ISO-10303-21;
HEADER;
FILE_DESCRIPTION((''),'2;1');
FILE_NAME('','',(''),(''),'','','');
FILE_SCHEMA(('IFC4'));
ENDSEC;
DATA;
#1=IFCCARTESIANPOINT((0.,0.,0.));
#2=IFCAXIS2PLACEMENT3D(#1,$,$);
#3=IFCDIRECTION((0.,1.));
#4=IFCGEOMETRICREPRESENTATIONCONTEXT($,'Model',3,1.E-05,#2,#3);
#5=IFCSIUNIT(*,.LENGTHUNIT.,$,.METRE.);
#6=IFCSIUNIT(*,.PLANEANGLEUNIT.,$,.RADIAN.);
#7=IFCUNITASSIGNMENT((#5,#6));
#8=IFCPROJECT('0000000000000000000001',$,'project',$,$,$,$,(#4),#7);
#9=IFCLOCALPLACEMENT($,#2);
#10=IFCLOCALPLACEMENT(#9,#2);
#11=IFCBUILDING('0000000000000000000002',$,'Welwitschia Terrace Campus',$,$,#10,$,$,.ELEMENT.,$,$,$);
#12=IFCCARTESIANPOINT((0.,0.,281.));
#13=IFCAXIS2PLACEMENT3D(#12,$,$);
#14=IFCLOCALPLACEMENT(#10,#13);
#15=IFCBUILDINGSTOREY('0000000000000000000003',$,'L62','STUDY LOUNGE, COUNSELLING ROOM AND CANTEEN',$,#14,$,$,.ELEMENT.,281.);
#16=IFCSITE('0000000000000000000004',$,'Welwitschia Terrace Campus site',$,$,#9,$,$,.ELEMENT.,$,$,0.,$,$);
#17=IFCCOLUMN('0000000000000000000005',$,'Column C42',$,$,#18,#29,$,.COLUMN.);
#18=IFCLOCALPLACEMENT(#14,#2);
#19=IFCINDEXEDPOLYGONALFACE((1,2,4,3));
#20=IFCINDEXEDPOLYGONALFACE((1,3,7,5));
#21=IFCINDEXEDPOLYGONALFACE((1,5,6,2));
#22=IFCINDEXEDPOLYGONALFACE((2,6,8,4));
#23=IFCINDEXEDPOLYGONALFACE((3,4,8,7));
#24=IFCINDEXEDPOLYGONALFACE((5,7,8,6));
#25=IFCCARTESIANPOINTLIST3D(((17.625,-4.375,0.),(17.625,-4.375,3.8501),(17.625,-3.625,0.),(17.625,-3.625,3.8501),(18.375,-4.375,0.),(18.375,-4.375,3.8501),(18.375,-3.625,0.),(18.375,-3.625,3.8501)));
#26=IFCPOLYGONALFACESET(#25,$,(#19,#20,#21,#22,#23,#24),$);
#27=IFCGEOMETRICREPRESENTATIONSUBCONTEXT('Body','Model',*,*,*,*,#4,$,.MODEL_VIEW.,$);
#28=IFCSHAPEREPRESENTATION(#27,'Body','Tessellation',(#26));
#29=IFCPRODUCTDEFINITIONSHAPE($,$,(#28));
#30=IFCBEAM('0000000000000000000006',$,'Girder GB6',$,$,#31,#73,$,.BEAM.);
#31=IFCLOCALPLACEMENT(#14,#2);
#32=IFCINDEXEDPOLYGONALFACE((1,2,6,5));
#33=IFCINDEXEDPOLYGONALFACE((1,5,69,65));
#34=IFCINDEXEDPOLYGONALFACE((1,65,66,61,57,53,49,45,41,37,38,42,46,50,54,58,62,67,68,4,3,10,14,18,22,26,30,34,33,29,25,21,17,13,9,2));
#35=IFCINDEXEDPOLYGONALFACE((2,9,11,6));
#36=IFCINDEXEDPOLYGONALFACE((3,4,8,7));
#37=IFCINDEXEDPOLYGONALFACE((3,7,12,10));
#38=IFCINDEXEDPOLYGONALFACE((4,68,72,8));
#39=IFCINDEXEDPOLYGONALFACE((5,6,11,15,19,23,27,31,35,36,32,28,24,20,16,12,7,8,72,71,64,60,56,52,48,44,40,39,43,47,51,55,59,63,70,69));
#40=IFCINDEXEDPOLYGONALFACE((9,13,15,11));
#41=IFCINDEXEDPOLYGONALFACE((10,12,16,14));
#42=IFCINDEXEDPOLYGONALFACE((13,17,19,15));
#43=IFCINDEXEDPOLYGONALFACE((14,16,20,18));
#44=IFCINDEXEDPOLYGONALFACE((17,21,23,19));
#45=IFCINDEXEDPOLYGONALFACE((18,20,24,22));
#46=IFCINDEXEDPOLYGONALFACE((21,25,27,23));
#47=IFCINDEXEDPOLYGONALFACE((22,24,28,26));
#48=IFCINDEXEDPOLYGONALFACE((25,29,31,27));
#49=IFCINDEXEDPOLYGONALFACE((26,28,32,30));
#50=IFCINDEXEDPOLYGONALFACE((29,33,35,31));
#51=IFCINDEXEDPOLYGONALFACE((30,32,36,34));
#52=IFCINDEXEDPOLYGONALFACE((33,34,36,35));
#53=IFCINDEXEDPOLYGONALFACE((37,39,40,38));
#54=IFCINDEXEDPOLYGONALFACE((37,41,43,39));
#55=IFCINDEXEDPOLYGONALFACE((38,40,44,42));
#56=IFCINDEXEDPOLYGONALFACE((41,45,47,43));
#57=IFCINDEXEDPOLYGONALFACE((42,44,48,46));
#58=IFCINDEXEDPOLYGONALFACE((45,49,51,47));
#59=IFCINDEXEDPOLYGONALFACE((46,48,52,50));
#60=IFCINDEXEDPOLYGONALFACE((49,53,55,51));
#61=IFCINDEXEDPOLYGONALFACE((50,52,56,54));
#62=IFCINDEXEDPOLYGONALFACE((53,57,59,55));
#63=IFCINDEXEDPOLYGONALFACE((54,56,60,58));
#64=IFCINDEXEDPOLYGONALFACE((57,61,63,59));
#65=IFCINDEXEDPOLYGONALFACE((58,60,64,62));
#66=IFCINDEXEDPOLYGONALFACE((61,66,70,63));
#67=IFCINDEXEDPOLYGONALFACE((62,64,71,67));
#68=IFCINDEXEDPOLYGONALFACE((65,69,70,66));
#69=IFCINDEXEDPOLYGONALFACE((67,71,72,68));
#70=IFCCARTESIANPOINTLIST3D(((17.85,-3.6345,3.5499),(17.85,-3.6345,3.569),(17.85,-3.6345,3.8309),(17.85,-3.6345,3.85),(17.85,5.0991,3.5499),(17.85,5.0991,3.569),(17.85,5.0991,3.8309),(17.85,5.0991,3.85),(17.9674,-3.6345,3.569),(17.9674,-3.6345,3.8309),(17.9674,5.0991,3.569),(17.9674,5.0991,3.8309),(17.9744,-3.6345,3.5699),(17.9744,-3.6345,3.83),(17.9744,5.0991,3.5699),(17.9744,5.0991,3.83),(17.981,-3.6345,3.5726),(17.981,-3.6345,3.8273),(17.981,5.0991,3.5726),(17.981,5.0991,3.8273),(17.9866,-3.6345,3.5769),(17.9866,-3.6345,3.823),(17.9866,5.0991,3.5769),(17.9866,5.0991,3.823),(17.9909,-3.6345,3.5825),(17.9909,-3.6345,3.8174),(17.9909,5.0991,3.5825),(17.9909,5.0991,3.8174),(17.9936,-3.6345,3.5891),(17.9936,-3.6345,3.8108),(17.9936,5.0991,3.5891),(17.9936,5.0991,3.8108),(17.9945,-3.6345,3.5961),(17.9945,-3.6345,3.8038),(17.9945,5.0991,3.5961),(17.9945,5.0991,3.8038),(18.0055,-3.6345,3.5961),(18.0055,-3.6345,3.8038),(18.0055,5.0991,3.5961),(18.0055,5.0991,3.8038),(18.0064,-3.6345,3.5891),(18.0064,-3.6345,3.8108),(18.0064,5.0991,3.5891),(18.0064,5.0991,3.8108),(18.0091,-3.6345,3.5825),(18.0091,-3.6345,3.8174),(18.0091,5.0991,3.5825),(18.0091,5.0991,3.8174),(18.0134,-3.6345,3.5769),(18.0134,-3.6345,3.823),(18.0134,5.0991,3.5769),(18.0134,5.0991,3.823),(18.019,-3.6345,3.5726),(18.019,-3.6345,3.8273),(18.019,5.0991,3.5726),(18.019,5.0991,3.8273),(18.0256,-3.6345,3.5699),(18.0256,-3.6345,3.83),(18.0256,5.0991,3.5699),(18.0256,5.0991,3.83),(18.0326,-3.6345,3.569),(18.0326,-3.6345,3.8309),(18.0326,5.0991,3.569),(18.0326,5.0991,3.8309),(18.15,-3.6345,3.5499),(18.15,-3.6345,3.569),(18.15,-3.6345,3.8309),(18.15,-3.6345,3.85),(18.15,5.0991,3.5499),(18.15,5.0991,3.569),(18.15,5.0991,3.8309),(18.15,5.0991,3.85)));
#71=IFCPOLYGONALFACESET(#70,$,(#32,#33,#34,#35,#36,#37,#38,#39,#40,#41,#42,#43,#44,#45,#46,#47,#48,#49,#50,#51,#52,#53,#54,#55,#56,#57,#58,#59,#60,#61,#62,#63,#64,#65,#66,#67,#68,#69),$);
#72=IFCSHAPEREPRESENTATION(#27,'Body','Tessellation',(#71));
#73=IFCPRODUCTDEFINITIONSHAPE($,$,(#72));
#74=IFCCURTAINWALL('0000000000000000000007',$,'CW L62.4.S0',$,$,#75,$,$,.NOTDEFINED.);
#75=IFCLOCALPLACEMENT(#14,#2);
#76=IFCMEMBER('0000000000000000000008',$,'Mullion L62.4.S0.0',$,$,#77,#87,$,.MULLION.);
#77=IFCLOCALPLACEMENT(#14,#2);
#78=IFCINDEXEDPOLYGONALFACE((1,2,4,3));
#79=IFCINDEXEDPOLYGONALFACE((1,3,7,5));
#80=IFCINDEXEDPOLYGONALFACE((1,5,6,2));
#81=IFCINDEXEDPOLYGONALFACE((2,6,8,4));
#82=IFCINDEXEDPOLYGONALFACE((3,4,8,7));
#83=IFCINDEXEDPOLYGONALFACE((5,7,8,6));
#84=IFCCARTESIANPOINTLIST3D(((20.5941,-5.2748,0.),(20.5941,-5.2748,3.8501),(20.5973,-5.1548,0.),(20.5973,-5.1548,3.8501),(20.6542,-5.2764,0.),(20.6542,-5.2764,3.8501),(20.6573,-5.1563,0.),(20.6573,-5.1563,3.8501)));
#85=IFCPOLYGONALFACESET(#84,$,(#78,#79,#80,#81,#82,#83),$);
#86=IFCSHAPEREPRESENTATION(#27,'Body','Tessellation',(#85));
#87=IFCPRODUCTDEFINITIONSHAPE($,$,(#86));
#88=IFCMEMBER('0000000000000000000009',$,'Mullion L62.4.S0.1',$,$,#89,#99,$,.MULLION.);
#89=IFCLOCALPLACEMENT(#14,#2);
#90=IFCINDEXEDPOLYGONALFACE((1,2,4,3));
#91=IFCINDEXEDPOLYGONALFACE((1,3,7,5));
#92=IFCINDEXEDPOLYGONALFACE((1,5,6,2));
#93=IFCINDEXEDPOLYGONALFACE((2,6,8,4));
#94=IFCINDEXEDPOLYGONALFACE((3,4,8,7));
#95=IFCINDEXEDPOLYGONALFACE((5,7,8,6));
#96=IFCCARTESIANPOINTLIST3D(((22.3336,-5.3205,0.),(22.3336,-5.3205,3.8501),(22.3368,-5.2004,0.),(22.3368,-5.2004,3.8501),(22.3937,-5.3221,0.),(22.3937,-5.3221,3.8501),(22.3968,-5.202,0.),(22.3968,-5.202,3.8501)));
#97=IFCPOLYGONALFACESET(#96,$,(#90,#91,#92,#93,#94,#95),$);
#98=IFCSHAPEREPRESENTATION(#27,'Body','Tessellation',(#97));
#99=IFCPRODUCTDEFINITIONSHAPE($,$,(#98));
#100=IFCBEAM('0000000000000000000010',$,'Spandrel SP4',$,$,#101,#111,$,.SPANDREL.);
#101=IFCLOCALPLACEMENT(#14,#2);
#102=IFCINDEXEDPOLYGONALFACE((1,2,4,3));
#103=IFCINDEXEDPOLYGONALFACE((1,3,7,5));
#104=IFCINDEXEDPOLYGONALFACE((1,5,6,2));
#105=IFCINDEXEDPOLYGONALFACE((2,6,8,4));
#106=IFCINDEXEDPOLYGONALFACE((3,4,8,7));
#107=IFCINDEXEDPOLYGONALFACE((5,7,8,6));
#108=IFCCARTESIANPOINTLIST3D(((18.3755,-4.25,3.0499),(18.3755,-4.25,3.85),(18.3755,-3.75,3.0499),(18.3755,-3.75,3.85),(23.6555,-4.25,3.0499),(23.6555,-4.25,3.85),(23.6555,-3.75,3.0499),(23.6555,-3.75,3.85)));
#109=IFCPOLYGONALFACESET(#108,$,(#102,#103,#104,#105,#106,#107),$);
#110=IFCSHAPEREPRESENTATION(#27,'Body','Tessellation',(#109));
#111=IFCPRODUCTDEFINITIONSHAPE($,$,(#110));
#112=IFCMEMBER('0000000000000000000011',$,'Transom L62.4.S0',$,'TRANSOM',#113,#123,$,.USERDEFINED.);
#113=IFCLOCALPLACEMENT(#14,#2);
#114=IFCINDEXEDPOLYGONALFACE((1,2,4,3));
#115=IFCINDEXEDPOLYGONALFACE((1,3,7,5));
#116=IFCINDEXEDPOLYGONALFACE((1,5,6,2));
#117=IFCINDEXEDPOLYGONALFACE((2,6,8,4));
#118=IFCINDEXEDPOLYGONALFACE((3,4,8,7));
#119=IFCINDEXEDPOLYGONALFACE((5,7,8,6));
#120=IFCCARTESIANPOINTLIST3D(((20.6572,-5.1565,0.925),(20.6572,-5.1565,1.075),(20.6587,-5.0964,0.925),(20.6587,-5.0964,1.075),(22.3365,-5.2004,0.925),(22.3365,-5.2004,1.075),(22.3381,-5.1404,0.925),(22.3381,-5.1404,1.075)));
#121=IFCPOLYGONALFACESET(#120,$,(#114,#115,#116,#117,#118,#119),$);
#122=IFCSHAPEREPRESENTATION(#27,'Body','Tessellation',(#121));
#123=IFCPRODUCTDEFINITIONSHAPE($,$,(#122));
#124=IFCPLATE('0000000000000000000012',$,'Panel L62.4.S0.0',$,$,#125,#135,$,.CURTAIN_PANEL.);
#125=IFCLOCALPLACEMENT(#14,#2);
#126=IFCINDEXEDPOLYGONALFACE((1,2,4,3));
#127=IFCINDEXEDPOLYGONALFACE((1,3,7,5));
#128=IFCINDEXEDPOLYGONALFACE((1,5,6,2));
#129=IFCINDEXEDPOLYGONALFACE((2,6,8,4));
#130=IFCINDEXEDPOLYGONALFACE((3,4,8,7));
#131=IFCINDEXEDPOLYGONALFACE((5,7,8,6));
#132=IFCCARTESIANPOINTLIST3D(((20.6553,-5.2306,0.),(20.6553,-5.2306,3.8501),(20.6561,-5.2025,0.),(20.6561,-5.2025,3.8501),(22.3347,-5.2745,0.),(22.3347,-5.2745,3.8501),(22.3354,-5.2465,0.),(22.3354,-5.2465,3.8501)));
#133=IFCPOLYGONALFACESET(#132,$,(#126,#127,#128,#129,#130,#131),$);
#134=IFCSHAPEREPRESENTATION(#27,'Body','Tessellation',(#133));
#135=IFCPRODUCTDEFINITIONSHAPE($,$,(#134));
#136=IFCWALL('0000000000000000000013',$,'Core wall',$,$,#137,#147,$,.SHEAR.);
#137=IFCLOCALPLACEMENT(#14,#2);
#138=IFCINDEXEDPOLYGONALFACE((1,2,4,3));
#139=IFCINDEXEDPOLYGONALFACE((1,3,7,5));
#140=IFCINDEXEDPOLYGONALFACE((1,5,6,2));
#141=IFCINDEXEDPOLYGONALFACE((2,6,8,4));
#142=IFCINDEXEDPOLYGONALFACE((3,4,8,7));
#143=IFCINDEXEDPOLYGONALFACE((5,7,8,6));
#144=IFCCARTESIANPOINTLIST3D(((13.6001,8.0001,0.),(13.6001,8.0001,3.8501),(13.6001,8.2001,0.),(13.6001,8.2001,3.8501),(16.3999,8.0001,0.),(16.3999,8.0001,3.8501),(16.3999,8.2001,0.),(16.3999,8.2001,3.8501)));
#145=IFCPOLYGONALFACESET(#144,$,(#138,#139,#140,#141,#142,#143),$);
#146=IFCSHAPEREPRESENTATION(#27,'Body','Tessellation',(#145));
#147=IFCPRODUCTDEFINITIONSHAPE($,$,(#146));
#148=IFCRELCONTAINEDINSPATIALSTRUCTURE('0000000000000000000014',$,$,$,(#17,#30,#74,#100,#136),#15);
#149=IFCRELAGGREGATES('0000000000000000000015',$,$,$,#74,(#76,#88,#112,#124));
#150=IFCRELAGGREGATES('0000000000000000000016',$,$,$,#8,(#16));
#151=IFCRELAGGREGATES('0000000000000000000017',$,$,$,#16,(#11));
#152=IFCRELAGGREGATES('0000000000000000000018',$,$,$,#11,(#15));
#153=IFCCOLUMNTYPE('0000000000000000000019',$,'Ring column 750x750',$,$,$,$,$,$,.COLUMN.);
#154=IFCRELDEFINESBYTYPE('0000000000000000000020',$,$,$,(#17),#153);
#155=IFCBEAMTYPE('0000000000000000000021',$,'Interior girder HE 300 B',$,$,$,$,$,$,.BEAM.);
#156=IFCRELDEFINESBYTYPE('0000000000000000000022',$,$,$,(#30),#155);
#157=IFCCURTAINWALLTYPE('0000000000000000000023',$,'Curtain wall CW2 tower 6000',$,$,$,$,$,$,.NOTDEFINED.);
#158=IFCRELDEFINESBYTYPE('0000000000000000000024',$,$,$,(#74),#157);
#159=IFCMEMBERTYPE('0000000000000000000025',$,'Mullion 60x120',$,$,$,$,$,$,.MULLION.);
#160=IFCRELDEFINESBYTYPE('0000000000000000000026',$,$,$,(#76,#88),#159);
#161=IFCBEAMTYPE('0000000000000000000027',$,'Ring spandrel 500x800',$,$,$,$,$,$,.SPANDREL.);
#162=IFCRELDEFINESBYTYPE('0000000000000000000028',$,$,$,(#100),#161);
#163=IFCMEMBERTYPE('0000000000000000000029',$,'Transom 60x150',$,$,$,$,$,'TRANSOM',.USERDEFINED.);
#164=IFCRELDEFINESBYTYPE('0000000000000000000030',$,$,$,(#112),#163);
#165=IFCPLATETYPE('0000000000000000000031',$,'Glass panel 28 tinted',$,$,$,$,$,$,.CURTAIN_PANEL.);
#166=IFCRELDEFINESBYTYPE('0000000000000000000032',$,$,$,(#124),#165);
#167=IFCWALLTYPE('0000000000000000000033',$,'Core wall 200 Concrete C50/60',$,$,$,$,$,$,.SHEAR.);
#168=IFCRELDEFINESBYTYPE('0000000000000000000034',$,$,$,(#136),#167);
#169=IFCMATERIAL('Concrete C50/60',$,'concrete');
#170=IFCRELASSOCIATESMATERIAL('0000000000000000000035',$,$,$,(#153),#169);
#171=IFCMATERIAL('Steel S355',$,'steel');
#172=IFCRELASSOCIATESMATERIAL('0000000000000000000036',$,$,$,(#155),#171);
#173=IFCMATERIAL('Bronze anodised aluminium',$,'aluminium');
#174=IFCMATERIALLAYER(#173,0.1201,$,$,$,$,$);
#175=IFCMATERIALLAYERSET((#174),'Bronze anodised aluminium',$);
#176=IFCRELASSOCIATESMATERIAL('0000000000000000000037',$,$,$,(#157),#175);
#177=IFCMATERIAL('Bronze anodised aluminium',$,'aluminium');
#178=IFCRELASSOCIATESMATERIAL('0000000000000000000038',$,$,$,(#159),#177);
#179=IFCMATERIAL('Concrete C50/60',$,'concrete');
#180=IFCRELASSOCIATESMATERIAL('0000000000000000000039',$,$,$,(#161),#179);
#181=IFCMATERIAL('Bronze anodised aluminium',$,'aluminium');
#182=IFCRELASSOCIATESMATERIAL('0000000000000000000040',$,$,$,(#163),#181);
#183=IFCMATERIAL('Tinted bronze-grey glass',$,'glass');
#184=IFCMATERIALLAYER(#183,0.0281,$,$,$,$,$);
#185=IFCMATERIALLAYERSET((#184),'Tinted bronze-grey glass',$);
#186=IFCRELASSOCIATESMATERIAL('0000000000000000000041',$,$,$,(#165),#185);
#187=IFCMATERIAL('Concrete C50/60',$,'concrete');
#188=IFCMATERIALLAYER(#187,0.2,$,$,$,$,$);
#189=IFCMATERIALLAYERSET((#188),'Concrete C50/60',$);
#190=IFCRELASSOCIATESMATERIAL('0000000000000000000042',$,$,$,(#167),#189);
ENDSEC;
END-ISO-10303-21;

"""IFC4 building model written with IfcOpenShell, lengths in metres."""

from ifc_helpers import new_model, si_unit, direction, frame, frame_2d, origin, origin_2d, place, context, subcontext, project, spatial, rectangle, i_section, extrude, material, layer, layer_set, material_profile, profile_set, type_object, element, aggregate, save


model = new_model("IFC4")

# Units and contexts
model_context = context("Model", 3, precision=1e-05, world=origin(), true_north=direction((0.0, 1.0)))
body_context = subcontext(model_context, "Body", "Model", "MODEL_VIEW")
ifc_project = project(units=[si_unit("LENGTHUNIT", "METRE"), si_unit("PLANEANGLEUNIT", "RADIAN")], contexts=[model_context])

# Site, building, storey
site_placement = place(None, origin())
site = spatial("IfcSite", under=ifc_project, at=site_placement, Name="Welwitschia Terrace Campus site", CompositionType="ELEMENT", RefElevation=0.0)
building_placement = place(site_placement, origin())
building = spatial("IfcBuilding", under=site, at=building_placement, Name="Welwitschia Terrace Campus", CompositionType="ELEMENT")
storey_placement = place(building_placement, frame((0.0, 0.0, 281.0)))
storey = spatial("IfcBuildingStorey", under=building, at=storey_placement, Name="L62", Description="STUDY LOUNGE, COUNSELLING ROOM AND CANTEEN", CompositionType="ELEMENT", Elevation=281.0)

# Column
ifc_material_1 = material(Name="Concrete C50/60", Category="concrete")
ifc_material_profile_1 = material_profile(ifc_material_1, rectangle(XDim=0.75, YDim=0.75, at=origin_2d()))
ifc_profile_set_1 = profile_set([ifc_material_profile_1], Name="Concrete C50/60")
column_type = type_object("IfcColumnType", Name="Ring column 750x750", PredefinedType="COLUMN", material=ifc_profile_set_1)
column_placement = place(storey_placement, frame((18.0, -4.0, 0.0), z_axis=(0.0, 0.0, 1.0), x_axis=(1.0, 0.0, 0.0)))
element("IfcColumn", 1, at=column_placement, inside=storey, type_object=column_type, Name="Column C42", PredefinedType="COLUMN", context=body_context, shape_type="SweptSolid", body=[
    extrude(rectangle(XDim=0.75, YDim=0.75, at=origin_2d()), origin(), (0.0, 0.0, 1.0), 3.8501),
])

# Beam
ifc_material_2 = material(Name="Steel S355", Category="steel")
ifc_material_profile_2 = material_profile(ifc_material_2, i_section(OverallWidth=0.3, OverallDepth=0.3, WebThickness=0.011, FlangeThickness=0.019, FilletRadius=0.0271, at=origin_2d()))
ifc_profile_set_2 = profile_set([ifc_material_profile_2], Name="Steel S355")
beam_type_1 = type_object("IfcBeamType", Name="Interior girder HE 300 B", PredefinedType="BEAM", material=ifc_profile_set_2)
beam_1_placement = place(storey_placement, frame((18.0, -3.6345, 3.7), z_axis=(0.0, 1.0, 0.0), x_axis=(-1.0, 0.0, 0.0)))
element("IfcBeam", 2, at=beam_1_placement, inside=storey, type_object=beam_type_1, Name="Girder GB6", PredefinedType="BEAM", context=body_context, shape_type="SweptSolid", body=[
    extrude(i_section(OverallWidth=0.3, OverallDepth=0.3, WebThickness=0.011, FlangeThickness=0.019, FilletRadius=0.0271, at=origin_2d()), origin(), (0.0, 0.0, 1.0), 8.7336),
])

# Curtain wall, members
ifc_material_3 = material(Name="Bronze anodised aluminium", Category="aluminium")
ifc_layer_1 = layer(ifc_material_3, 0.1201)
ifc_layer_set_1 = layer_set([ifc_layer_1], Name="Bronze anodised aluminium")
curtain_wall_type = type_object("IfcCurtainWallType", Name="Curtain wall CW2 tower 6000", PredefinedType="NOTDEFINED", material=ifc_layer_set_1)
curtain_wall_placement = place(storey_placement, origin())
curtain_wall = element("IfcCurtainWall", 3, at=curtain_wall_placement, inside=storey, type_object=curtain_wall_type, Name="CW L62.4.S0", PredefinedType="NOTDEFINED")
ifc_material_4 = material(Name="Bronze anodised aluminium", Category="aluminium")
ifc_material_profile_3 = material_profile(ifc_material_4, rectangle(XDim=0.1201, YDim=0.0601, at=origin_2d()))
ifc_profile_set_3 = profile_set([ifc_material_profile_3], Name="Bronze anodised aluminium")
member_type_1 = type_object("IfcMemberType", Name="Mullion 60x120", PredefinedType="MULLION", material=ifc_profile_set_3)
member_1_placement = place(storey_placement, frame((20.6257, -5.2156, 0.0), z_axis=(0.0, 0.0, 1.0), x_axis=(0.026177, 0.999657, 0.0)))
member_1 = element("IfcMember", 4, at=member_1_placement, type_object=member_type_1, Name="Mullion L62.4.S0.0", PredefinedType="MULLION", context=body_context, shape_type="SweptSolid", body=[
    extrude(rectangle(XDim=0.1201, YDim=0.0601, at=origin_2d()), origin(), (0.0, 0.0, 1.0), 3.8501),
])
member_2_placement = place(storey_placement, frame((22.3652, -5.2612, 0.0), z_axis=(0.0, 0.0, 1.0), x_axis=(0.026177, 0.999657, 0.0)))
member_2 = element("IfcMember", 5, at=member_2_placement, type_object=member_type_1, Name="Mullion L62.4.S0.1", PredefinedType="MULLION", context=body_context, shape_type="SweptSolid", body=[
    extrude(rectangle(XDim=0.1201, YDim=0.0601, at=origin_2d()), origin(), (0.0, 0.0, 1.0), 3.8501),
])

# Beam
ifc_material_5 = material(Name="Concrete C50/60", Category="concrete")
ifc_material_profile_4 = material_profile(ifc_material_5, rectangle(XDim=0.5, YDim=0.8, at=origin_2d()))
ifc_profile_set_4 = profile_set([ifc_material_profile_4], Name="Concrete C50/60")
beam_type_2 = type_object("IfcBeamType", Name="Ring spandrel 500x800", PredefinedType="SPANDREL", material=ifc_profile_set_4)
beam_2_placement = place(storey_placement, frame((18.3755, -4.0, 3.45), z_axis=(1.0, 0.0, 0.0), x_axis=(0.0, 1.0, 0.0)))
element("IfcBeam", 6, at=beam_2_placement, inside=storey, type_object=beam_type_2, Name="Spandrel SP4", PredefinedType="SPANDREL", context=body_context, shape_type="SweptSolid", body=[
    extrude(rectangle(XDim=0.5, YDim=0.8, at=origin_2d()), origin(), (0.0, 0.0, 1.0), 5.28),
])

# Member
ifc_material_6 = material(Name="Bronze anodised aluminium", Category="aluminium")
ifc_material_profile_5 = material_profile(ifc_material_6, rectangle(XDim=0.0601, YDim=0.1499, at=origin_2d()))
ifc_profile_set_5 = profile_set([ifc_material_profile_5], Name="Bronze anodised aluminium")
member_type_2 = type_object("IfcMemberType", Name="Transom 60x150", ElementType="TRANSOM", PredefinedType="USERDEFINED", material=ifc_profile_set_5)
member_3_placement = place(storey_placement, frame((20.658, -5.1265, 1.0), z_axis=(0.999658, -0.026158, 0.0), x_axis=(0.026158, 0.999658, 0.0)))
member_3 = element("IfcMember", 7, at=member_3_placement, type_object=member_type_2, Name="Transom L62.4.S0", ObjectType="TRANSOM", PredefinedType="USERDEFINED", context=body_context, shape_type="SweptSolid", body=[
    extrude(rectangle(XDim=0.0601, YDim=0.1499, at=origin_2d()), origin(), (0.0, 0.0, 1.0), 1.6799),
])

# Plate
ifc_material_7 = material(Name="Tinted bronze-grey glass", Category="glass")
ifc_layer_2 = layer(ifc_material_7, 0.0281)
ifc_layer_set_2 = layer_set([ifc_layer_2], Name="Tinted bronze-grey glass")
plate_type = type_object("IfcPlateType", Name="Glass panel 28 tinted", PredefinedType="CURTAIN_PANEL", material=ifc_layer_set_2)
plate_placement = place(storey_placement, frame((21.4954, -5.2385, 0.0), z_axis=(0.0, 0.0, 1.0), x_axis=(0.999657, -0.026177, 0.0)))
plate = element("IfcPlate", 8, at=plate_placement, type_object=plate_type, Name="Panel L62.4.S0.0", PredefinedType="CURTAIN_PANEL", context=body_context, shape_type="SweptSolid", body=[
    extrude(rectangle(XDim=1.6799, YDim=0.0281, at=origin_2d()), origin(), (0.0, 0.0, 1.0), 3.8501),
])
aggregate(curtain_wall, [member_1, member_2, member_3, plate])

# Wall
ifc_material_8 = material(Name="Concrete C50/60", Category="concrete")
ifc_layer_3 = layer(ifc_material_8, 0.2)
ifc_layer_set_3 = layer_set([ifc_layer_3], Name="Concrete C50/60")
wall_type_1 = type_object("IfcWallType", Name="Core wall 200 Concrete C50/60", PredefinedType="SHEAR", material=ifc_layer_set_3)
wall_1_placement = place(storey_placement, frame((13.6001, 8.1001, 0.0), z_axis=(0.0, 0.0, 1.0), x_axis=(1.0, 0.0, 0.0)))
element("IfcWall", 9, at=wall_1_placement, inside=storey, type_object=wall_type_1, Name="Core wall", PredefinedType="SHEAR", context=body_context, shape_type="SweptSolid", body=[
    extrude(rectangle(XDim=2.7998, YDim=0.2, at=frame_2d((1.3999, 0.0))), origin(), (0.0, 0.0, 1.0), 3.8501),
])

save(model, "model.ifc")
